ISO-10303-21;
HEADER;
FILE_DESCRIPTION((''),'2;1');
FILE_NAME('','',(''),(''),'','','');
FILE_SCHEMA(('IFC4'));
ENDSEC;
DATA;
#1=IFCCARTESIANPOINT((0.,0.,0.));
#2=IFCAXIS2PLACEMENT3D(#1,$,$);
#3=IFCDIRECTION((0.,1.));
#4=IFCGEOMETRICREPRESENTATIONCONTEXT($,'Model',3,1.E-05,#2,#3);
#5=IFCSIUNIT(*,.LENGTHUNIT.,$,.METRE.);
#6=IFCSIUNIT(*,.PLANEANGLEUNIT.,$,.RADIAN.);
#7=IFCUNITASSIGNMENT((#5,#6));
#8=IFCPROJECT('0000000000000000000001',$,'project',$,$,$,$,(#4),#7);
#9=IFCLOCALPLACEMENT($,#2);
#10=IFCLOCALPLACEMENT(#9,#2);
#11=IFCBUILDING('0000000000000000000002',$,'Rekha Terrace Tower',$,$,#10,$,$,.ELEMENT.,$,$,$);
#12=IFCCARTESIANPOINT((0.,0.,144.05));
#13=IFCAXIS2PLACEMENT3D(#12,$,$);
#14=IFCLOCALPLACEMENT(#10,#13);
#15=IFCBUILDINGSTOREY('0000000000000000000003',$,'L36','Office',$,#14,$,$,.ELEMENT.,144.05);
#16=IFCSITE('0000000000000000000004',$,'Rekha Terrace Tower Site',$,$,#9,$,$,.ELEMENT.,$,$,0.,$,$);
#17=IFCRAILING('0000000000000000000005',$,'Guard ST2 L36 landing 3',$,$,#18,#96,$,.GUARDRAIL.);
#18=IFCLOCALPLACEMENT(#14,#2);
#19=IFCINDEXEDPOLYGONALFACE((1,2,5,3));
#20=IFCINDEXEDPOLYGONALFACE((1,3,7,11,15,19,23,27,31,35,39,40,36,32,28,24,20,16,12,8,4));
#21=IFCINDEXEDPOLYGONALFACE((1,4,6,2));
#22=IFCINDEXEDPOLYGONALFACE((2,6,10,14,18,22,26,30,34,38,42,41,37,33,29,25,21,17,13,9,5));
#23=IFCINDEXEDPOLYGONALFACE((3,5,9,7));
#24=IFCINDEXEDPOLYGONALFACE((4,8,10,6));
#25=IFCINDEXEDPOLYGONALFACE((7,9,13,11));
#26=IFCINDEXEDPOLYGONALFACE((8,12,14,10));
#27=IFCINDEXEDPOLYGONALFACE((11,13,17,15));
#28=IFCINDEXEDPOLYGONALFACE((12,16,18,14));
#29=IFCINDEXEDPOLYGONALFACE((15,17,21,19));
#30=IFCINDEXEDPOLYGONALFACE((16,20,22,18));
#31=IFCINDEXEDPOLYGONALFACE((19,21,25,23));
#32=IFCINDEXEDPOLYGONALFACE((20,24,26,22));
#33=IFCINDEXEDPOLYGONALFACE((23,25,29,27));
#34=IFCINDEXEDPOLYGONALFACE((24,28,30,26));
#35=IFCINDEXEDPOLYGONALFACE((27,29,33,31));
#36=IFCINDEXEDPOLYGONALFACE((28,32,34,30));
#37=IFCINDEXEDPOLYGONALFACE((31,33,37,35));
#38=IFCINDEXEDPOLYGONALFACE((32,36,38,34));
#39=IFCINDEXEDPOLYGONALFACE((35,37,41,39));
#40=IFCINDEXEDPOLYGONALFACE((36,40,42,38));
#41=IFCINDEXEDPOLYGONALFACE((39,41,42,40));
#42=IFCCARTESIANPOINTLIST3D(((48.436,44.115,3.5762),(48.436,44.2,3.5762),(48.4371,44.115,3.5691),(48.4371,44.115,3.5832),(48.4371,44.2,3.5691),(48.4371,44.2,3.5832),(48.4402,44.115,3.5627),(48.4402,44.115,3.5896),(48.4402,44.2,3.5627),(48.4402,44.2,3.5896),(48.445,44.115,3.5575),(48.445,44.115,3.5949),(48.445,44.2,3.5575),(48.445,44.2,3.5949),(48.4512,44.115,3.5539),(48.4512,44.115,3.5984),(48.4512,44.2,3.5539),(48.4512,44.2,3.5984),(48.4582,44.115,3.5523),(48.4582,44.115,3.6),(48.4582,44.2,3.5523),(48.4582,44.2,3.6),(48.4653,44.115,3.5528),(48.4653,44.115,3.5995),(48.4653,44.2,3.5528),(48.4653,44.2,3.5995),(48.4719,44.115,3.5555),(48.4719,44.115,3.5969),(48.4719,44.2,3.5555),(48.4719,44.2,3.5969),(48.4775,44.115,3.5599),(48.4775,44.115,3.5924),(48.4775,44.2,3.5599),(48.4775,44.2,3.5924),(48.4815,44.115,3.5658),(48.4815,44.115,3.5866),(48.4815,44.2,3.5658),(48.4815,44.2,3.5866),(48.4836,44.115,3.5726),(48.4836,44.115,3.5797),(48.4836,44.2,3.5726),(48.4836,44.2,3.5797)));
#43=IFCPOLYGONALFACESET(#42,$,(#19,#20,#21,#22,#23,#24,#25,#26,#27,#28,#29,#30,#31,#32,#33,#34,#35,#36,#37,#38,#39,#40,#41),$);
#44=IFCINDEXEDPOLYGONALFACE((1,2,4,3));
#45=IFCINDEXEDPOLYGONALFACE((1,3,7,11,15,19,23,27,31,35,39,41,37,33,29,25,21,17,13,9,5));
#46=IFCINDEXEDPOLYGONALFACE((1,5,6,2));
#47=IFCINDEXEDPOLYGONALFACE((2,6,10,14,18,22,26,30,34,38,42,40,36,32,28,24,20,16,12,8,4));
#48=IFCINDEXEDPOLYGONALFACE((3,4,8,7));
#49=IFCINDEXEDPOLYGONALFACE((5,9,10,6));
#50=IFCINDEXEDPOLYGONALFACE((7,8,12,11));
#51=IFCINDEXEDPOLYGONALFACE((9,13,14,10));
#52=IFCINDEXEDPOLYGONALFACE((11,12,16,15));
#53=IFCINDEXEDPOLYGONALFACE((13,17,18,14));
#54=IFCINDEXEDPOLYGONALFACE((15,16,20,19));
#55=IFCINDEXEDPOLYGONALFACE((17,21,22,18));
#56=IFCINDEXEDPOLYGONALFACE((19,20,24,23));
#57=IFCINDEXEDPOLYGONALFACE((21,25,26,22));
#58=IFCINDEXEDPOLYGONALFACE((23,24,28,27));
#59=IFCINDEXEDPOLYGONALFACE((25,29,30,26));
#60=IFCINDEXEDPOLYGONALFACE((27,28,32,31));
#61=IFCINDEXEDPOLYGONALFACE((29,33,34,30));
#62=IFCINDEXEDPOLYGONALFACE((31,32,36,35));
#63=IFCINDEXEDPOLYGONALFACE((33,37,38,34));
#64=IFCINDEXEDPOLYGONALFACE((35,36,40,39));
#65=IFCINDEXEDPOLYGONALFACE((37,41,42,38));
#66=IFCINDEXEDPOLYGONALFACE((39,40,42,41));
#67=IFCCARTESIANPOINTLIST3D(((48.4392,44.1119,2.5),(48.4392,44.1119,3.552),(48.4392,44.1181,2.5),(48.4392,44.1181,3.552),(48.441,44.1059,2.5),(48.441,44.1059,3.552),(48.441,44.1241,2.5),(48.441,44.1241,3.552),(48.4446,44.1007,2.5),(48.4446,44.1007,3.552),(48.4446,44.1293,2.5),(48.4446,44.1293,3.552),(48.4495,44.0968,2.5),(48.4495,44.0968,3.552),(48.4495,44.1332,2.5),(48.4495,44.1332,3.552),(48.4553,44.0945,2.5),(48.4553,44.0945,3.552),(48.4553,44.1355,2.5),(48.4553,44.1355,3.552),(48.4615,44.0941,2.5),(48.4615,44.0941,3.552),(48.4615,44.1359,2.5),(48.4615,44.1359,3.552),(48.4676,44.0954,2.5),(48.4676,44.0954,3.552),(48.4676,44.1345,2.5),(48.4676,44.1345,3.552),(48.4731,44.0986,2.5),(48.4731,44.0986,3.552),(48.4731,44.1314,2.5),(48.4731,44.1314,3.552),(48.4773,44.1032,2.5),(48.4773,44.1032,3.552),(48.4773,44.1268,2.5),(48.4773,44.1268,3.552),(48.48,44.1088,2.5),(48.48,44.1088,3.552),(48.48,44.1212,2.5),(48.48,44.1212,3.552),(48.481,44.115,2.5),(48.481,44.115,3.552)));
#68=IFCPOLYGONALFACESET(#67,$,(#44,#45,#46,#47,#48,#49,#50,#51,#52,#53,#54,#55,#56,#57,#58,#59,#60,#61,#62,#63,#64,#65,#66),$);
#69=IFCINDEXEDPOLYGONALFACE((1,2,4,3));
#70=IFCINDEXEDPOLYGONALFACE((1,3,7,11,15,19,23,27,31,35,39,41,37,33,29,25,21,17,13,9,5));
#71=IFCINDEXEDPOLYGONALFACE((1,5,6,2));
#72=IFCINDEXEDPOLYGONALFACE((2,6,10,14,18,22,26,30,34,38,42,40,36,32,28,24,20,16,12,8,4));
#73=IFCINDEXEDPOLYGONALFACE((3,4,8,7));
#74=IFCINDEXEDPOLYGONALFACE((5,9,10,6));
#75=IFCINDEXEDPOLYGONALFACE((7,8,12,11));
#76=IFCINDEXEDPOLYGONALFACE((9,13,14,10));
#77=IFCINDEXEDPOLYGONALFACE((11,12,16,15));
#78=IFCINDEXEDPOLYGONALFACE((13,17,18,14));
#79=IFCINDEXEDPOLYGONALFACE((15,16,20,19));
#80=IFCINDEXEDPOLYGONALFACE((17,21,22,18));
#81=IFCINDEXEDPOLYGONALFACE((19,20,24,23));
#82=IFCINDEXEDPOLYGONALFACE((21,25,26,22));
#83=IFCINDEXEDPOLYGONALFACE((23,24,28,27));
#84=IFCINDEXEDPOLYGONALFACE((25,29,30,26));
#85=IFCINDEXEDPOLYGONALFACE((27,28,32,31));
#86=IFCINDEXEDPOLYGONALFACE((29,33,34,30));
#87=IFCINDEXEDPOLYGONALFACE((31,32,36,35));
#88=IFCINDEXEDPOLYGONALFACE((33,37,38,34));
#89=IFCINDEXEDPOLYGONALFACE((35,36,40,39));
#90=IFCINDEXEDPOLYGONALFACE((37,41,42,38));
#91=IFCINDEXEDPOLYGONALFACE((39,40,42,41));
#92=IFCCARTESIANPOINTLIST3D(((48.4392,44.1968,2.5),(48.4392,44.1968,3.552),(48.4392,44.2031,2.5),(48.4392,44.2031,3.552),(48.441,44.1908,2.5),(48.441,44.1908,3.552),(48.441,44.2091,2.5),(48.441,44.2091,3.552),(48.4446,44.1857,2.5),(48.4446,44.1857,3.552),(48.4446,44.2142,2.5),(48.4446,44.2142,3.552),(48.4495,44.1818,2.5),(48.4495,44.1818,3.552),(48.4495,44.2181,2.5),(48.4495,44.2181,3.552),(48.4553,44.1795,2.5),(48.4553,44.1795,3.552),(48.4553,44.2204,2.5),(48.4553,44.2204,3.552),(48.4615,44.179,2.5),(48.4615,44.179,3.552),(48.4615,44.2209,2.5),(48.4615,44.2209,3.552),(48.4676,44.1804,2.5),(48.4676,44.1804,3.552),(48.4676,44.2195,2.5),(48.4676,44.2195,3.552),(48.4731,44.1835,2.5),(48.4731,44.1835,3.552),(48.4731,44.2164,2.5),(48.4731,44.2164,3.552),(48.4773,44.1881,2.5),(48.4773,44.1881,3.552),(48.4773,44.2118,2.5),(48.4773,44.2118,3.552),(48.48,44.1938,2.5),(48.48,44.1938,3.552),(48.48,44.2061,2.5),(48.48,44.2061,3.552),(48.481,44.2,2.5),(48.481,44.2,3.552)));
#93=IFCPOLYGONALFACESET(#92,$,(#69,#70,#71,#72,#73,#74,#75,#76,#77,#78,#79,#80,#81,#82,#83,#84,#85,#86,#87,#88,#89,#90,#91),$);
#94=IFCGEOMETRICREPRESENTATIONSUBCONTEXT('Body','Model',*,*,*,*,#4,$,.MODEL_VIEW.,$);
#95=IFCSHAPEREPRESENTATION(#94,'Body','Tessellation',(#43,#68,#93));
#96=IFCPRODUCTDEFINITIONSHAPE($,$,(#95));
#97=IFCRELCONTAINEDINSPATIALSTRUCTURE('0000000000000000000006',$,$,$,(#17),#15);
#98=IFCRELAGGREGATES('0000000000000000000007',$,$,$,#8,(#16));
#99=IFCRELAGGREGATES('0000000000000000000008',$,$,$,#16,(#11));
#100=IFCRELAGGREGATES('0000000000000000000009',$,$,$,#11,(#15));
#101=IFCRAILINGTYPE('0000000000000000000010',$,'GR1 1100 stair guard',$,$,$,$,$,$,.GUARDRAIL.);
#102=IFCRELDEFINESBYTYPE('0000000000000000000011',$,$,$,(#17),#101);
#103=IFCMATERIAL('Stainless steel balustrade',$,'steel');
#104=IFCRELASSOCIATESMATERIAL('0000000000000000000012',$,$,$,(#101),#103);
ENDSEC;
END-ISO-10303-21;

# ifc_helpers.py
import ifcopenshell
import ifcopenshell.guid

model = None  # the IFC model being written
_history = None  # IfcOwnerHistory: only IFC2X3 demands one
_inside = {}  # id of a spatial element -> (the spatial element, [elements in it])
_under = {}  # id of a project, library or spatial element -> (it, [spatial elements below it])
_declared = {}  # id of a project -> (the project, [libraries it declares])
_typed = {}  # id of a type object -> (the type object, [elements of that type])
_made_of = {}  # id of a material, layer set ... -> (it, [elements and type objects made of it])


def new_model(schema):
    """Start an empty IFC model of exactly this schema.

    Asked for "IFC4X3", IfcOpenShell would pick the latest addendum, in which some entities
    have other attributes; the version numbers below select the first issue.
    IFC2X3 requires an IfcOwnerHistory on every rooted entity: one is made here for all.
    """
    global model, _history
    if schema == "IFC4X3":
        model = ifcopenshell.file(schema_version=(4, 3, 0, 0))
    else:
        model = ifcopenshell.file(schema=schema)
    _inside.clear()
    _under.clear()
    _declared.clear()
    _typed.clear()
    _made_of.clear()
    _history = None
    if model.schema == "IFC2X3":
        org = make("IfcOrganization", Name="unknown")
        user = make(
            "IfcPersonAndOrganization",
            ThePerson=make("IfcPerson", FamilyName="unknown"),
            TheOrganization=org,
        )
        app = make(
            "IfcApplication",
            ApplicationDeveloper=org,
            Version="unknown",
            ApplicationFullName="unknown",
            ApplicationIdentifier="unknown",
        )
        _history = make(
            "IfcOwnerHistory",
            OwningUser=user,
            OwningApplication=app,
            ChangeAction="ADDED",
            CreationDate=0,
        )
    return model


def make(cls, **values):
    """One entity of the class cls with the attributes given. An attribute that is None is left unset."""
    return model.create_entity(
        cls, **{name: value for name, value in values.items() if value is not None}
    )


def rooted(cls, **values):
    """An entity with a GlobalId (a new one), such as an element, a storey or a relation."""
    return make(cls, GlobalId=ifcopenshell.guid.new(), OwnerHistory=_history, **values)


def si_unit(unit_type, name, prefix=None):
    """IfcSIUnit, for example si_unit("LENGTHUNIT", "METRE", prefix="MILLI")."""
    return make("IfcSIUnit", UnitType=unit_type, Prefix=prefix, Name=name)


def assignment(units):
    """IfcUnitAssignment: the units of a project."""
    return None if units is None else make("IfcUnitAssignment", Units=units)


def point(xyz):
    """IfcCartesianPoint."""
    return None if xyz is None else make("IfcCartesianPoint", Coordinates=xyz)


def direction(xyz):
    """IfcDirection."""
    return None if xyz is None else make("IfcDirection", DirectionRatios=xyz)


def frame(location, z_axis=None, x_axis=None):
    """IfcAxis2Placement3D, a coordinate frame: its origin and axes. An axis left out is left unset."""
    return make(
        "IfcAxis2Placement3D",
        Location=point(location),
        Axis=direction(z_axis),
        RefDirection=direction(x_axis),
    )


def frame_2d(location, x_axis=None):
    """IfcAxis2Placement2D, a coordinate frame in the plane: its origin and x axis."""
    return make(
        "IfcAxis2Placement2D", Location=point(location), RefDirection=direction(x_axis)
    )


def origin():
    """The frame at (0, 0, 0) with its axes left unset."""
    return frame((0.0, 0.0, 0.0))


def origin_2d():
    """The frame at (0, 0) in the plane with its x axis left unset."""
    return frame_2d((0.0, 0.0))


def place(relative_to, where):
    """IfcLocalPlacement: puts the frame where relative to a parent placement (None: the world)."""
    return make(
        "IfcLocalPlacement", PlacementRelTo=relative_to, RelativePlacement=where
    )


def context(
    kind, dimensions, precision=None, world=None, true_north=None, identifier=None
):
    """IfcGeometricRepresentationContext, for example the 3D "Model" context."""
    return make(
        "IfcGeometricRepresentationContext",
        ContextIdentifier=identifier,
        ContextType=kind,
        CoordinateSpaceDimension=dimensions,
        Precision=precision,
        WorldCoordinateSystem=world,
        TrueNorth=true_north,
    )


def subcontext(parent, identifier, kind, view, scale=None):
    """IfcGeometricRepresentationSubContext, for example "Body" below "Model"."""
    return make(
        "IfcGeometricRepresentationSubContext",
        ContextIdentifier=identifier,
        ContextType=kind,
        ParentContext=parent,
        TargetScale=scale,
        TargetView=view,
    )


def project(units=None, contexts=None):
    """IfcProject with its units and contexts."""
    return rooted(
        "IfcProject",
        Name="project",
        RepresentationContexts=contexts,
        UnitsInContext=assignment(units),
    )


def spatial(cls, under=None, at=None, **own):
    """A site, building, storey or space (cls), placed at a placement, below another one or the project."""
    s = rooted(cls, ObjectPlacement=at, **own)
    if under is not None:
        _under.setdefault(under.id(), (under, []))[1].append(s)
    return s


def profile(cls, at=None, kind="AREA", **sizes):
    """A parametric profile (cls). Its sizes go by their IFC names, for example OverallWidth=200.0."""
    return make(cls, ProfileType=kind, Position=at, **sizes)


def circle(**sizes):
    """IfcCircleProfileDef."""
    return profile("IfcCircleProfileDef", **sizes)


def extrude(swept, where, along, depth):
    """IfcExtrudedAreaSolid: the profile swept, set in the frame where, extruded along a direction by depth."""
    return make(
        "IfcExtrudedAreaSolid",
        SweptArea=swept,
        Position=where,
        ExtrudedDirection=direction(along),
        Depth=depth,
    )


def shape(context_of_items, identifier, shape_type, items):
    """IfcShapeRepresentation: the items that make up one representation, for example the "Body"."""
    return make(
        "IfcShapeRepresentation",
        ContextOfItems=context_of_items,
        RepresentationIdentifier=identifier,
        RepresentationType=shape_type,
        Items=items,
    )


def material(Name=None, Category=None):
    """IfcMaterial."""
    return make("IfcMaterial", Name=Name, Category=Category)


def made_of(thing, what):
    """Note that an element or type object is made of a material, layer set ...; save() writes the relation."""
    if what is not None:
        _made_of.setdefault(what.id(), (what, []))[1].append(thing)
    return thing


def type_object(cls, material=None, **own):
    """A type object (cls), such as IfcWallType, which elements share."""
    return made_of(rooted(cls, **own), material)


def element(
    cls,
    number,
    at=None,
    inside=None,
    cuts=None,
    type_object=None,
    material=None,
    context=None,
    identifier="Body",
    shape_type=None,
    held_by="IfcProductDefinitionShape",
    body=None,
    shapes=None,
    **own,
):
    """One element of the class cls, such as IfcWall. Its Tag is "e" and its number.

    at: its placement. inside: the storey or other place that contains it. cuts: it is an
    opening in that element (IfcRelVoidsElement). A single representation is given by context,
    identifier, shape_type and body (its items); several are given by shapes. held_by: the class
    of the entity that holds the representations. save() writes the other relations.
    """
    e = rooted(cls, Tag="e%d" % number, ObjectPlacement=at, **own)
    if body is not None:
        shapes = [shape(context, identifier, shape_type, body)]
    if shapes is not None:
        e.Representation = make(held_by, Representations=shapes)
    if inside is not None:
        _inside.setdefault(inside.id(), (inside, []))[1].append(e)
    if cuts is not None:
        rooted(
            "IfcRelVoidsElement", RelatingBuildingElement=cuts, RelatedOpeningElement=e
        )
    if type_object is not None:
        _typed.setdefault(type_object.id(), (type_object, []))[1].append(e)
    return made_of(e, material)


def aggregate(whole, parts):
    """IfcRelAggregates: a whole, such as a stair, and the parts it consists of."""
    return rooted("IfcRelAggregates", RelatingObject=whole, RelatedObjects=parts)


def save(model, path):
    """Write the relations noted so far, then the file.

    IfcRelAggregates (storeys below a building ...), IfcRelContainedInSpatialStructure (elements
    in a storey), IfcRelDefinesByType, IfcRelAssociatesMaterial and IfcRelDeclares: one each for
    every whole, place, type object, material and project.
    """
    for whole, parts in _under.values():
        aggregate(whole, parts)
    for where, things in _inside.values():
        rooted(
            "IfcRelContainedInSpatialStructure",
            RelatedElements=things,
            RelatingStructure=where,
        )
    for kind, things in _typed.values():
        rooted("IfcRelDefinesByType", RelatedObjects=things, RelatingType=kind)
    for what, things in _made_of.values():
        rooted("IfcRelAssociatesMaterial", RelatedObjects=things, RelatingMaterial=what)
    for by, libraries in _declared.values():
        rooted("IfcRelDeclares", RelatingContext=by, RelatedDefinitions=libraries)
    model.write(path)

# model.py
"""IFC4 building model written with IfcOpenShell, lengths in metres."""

from ifc_helpers import new_model, si_unit, direction, frame, origin, origin_2d, place, context, subcontext, project, spatial, circle, extrude, material, type_object, element, save


model = new_model("IFC4")

# Units and contexts
model_context = context("Model", 3, precision=1e-05, world=origin(), true_north=direction((0.0, 1.0)))
body_context = subcontext(model_context, "Body", "Model", "MODEL_VIEW")
ifc_project = project(units=[si_unit("LENGTHUNIT", "METRE"), si_unit("PLANEANGLEUNIT", "RADIAN")], contexts=[model_context])

# Site, building, storey
site_placement = place(None, origin())
site = spatial("IfcSite", under=ifc_project, at=site_placement, Name="Rekha Terrace Tower Site", CompositionType="ELEMENT", RefElevation=0.0)
building_placement = place(site_placement, origin())
building = spatial("IfcBuilding", under=site, at=building_placement, Name="Rekha Terrace Tower", CompositionType="ELEMENT")
storey_placement = place(building_placement, frame((0.0, 0.0, 144.05)))
storey = spatial("IfcBuildingStorey", under=building, at=storey_placement, Name="L36", Description="Office", CompositionType="ELEMENT", Elevation=144.05)

# Railing
ifc_material_1 = material(Name="Stainless steel balustrade", Category="steel")
railing_type_1 = type_object("IfcRailingType", Name="GR1 1100 stair guard", PredefinedType="GUARDRAIL", material=ifc_material_1)
railing_1_placement = place(storey_placement, frame((48.46, 44.115, 2.5)))
element("IfcRailing", 1, at=railing_1_placement, inside=storey, type_object=railing_type_1, Name="Guard ST2 L36 landing 3", PredefinedType="GUARDRAIL", context=body_context, shape_type="SweptSolid", body=[
    extrude(circle(Radius=0.0239, at=origin_2d()), frame((0.0, 0.0, 1.0762), z_axis=(0.0, 1.0, 0.0), x_axis=(-1.0, 0.0, 0.0)), (0.0, 0.0, 1.0), 0.085),
    extrude(circle(Radius=0.021, at=origin_2d()), origin(), (0.0, 0.0, 1.0), 1.052),
    extrude(circle(Radius=0.021, at=origin_2d()), frame((0.0, 0.085, 0.0)), (0.0, 0.0, 1.0), 1.052),
])

save(model, "model.ifc")
